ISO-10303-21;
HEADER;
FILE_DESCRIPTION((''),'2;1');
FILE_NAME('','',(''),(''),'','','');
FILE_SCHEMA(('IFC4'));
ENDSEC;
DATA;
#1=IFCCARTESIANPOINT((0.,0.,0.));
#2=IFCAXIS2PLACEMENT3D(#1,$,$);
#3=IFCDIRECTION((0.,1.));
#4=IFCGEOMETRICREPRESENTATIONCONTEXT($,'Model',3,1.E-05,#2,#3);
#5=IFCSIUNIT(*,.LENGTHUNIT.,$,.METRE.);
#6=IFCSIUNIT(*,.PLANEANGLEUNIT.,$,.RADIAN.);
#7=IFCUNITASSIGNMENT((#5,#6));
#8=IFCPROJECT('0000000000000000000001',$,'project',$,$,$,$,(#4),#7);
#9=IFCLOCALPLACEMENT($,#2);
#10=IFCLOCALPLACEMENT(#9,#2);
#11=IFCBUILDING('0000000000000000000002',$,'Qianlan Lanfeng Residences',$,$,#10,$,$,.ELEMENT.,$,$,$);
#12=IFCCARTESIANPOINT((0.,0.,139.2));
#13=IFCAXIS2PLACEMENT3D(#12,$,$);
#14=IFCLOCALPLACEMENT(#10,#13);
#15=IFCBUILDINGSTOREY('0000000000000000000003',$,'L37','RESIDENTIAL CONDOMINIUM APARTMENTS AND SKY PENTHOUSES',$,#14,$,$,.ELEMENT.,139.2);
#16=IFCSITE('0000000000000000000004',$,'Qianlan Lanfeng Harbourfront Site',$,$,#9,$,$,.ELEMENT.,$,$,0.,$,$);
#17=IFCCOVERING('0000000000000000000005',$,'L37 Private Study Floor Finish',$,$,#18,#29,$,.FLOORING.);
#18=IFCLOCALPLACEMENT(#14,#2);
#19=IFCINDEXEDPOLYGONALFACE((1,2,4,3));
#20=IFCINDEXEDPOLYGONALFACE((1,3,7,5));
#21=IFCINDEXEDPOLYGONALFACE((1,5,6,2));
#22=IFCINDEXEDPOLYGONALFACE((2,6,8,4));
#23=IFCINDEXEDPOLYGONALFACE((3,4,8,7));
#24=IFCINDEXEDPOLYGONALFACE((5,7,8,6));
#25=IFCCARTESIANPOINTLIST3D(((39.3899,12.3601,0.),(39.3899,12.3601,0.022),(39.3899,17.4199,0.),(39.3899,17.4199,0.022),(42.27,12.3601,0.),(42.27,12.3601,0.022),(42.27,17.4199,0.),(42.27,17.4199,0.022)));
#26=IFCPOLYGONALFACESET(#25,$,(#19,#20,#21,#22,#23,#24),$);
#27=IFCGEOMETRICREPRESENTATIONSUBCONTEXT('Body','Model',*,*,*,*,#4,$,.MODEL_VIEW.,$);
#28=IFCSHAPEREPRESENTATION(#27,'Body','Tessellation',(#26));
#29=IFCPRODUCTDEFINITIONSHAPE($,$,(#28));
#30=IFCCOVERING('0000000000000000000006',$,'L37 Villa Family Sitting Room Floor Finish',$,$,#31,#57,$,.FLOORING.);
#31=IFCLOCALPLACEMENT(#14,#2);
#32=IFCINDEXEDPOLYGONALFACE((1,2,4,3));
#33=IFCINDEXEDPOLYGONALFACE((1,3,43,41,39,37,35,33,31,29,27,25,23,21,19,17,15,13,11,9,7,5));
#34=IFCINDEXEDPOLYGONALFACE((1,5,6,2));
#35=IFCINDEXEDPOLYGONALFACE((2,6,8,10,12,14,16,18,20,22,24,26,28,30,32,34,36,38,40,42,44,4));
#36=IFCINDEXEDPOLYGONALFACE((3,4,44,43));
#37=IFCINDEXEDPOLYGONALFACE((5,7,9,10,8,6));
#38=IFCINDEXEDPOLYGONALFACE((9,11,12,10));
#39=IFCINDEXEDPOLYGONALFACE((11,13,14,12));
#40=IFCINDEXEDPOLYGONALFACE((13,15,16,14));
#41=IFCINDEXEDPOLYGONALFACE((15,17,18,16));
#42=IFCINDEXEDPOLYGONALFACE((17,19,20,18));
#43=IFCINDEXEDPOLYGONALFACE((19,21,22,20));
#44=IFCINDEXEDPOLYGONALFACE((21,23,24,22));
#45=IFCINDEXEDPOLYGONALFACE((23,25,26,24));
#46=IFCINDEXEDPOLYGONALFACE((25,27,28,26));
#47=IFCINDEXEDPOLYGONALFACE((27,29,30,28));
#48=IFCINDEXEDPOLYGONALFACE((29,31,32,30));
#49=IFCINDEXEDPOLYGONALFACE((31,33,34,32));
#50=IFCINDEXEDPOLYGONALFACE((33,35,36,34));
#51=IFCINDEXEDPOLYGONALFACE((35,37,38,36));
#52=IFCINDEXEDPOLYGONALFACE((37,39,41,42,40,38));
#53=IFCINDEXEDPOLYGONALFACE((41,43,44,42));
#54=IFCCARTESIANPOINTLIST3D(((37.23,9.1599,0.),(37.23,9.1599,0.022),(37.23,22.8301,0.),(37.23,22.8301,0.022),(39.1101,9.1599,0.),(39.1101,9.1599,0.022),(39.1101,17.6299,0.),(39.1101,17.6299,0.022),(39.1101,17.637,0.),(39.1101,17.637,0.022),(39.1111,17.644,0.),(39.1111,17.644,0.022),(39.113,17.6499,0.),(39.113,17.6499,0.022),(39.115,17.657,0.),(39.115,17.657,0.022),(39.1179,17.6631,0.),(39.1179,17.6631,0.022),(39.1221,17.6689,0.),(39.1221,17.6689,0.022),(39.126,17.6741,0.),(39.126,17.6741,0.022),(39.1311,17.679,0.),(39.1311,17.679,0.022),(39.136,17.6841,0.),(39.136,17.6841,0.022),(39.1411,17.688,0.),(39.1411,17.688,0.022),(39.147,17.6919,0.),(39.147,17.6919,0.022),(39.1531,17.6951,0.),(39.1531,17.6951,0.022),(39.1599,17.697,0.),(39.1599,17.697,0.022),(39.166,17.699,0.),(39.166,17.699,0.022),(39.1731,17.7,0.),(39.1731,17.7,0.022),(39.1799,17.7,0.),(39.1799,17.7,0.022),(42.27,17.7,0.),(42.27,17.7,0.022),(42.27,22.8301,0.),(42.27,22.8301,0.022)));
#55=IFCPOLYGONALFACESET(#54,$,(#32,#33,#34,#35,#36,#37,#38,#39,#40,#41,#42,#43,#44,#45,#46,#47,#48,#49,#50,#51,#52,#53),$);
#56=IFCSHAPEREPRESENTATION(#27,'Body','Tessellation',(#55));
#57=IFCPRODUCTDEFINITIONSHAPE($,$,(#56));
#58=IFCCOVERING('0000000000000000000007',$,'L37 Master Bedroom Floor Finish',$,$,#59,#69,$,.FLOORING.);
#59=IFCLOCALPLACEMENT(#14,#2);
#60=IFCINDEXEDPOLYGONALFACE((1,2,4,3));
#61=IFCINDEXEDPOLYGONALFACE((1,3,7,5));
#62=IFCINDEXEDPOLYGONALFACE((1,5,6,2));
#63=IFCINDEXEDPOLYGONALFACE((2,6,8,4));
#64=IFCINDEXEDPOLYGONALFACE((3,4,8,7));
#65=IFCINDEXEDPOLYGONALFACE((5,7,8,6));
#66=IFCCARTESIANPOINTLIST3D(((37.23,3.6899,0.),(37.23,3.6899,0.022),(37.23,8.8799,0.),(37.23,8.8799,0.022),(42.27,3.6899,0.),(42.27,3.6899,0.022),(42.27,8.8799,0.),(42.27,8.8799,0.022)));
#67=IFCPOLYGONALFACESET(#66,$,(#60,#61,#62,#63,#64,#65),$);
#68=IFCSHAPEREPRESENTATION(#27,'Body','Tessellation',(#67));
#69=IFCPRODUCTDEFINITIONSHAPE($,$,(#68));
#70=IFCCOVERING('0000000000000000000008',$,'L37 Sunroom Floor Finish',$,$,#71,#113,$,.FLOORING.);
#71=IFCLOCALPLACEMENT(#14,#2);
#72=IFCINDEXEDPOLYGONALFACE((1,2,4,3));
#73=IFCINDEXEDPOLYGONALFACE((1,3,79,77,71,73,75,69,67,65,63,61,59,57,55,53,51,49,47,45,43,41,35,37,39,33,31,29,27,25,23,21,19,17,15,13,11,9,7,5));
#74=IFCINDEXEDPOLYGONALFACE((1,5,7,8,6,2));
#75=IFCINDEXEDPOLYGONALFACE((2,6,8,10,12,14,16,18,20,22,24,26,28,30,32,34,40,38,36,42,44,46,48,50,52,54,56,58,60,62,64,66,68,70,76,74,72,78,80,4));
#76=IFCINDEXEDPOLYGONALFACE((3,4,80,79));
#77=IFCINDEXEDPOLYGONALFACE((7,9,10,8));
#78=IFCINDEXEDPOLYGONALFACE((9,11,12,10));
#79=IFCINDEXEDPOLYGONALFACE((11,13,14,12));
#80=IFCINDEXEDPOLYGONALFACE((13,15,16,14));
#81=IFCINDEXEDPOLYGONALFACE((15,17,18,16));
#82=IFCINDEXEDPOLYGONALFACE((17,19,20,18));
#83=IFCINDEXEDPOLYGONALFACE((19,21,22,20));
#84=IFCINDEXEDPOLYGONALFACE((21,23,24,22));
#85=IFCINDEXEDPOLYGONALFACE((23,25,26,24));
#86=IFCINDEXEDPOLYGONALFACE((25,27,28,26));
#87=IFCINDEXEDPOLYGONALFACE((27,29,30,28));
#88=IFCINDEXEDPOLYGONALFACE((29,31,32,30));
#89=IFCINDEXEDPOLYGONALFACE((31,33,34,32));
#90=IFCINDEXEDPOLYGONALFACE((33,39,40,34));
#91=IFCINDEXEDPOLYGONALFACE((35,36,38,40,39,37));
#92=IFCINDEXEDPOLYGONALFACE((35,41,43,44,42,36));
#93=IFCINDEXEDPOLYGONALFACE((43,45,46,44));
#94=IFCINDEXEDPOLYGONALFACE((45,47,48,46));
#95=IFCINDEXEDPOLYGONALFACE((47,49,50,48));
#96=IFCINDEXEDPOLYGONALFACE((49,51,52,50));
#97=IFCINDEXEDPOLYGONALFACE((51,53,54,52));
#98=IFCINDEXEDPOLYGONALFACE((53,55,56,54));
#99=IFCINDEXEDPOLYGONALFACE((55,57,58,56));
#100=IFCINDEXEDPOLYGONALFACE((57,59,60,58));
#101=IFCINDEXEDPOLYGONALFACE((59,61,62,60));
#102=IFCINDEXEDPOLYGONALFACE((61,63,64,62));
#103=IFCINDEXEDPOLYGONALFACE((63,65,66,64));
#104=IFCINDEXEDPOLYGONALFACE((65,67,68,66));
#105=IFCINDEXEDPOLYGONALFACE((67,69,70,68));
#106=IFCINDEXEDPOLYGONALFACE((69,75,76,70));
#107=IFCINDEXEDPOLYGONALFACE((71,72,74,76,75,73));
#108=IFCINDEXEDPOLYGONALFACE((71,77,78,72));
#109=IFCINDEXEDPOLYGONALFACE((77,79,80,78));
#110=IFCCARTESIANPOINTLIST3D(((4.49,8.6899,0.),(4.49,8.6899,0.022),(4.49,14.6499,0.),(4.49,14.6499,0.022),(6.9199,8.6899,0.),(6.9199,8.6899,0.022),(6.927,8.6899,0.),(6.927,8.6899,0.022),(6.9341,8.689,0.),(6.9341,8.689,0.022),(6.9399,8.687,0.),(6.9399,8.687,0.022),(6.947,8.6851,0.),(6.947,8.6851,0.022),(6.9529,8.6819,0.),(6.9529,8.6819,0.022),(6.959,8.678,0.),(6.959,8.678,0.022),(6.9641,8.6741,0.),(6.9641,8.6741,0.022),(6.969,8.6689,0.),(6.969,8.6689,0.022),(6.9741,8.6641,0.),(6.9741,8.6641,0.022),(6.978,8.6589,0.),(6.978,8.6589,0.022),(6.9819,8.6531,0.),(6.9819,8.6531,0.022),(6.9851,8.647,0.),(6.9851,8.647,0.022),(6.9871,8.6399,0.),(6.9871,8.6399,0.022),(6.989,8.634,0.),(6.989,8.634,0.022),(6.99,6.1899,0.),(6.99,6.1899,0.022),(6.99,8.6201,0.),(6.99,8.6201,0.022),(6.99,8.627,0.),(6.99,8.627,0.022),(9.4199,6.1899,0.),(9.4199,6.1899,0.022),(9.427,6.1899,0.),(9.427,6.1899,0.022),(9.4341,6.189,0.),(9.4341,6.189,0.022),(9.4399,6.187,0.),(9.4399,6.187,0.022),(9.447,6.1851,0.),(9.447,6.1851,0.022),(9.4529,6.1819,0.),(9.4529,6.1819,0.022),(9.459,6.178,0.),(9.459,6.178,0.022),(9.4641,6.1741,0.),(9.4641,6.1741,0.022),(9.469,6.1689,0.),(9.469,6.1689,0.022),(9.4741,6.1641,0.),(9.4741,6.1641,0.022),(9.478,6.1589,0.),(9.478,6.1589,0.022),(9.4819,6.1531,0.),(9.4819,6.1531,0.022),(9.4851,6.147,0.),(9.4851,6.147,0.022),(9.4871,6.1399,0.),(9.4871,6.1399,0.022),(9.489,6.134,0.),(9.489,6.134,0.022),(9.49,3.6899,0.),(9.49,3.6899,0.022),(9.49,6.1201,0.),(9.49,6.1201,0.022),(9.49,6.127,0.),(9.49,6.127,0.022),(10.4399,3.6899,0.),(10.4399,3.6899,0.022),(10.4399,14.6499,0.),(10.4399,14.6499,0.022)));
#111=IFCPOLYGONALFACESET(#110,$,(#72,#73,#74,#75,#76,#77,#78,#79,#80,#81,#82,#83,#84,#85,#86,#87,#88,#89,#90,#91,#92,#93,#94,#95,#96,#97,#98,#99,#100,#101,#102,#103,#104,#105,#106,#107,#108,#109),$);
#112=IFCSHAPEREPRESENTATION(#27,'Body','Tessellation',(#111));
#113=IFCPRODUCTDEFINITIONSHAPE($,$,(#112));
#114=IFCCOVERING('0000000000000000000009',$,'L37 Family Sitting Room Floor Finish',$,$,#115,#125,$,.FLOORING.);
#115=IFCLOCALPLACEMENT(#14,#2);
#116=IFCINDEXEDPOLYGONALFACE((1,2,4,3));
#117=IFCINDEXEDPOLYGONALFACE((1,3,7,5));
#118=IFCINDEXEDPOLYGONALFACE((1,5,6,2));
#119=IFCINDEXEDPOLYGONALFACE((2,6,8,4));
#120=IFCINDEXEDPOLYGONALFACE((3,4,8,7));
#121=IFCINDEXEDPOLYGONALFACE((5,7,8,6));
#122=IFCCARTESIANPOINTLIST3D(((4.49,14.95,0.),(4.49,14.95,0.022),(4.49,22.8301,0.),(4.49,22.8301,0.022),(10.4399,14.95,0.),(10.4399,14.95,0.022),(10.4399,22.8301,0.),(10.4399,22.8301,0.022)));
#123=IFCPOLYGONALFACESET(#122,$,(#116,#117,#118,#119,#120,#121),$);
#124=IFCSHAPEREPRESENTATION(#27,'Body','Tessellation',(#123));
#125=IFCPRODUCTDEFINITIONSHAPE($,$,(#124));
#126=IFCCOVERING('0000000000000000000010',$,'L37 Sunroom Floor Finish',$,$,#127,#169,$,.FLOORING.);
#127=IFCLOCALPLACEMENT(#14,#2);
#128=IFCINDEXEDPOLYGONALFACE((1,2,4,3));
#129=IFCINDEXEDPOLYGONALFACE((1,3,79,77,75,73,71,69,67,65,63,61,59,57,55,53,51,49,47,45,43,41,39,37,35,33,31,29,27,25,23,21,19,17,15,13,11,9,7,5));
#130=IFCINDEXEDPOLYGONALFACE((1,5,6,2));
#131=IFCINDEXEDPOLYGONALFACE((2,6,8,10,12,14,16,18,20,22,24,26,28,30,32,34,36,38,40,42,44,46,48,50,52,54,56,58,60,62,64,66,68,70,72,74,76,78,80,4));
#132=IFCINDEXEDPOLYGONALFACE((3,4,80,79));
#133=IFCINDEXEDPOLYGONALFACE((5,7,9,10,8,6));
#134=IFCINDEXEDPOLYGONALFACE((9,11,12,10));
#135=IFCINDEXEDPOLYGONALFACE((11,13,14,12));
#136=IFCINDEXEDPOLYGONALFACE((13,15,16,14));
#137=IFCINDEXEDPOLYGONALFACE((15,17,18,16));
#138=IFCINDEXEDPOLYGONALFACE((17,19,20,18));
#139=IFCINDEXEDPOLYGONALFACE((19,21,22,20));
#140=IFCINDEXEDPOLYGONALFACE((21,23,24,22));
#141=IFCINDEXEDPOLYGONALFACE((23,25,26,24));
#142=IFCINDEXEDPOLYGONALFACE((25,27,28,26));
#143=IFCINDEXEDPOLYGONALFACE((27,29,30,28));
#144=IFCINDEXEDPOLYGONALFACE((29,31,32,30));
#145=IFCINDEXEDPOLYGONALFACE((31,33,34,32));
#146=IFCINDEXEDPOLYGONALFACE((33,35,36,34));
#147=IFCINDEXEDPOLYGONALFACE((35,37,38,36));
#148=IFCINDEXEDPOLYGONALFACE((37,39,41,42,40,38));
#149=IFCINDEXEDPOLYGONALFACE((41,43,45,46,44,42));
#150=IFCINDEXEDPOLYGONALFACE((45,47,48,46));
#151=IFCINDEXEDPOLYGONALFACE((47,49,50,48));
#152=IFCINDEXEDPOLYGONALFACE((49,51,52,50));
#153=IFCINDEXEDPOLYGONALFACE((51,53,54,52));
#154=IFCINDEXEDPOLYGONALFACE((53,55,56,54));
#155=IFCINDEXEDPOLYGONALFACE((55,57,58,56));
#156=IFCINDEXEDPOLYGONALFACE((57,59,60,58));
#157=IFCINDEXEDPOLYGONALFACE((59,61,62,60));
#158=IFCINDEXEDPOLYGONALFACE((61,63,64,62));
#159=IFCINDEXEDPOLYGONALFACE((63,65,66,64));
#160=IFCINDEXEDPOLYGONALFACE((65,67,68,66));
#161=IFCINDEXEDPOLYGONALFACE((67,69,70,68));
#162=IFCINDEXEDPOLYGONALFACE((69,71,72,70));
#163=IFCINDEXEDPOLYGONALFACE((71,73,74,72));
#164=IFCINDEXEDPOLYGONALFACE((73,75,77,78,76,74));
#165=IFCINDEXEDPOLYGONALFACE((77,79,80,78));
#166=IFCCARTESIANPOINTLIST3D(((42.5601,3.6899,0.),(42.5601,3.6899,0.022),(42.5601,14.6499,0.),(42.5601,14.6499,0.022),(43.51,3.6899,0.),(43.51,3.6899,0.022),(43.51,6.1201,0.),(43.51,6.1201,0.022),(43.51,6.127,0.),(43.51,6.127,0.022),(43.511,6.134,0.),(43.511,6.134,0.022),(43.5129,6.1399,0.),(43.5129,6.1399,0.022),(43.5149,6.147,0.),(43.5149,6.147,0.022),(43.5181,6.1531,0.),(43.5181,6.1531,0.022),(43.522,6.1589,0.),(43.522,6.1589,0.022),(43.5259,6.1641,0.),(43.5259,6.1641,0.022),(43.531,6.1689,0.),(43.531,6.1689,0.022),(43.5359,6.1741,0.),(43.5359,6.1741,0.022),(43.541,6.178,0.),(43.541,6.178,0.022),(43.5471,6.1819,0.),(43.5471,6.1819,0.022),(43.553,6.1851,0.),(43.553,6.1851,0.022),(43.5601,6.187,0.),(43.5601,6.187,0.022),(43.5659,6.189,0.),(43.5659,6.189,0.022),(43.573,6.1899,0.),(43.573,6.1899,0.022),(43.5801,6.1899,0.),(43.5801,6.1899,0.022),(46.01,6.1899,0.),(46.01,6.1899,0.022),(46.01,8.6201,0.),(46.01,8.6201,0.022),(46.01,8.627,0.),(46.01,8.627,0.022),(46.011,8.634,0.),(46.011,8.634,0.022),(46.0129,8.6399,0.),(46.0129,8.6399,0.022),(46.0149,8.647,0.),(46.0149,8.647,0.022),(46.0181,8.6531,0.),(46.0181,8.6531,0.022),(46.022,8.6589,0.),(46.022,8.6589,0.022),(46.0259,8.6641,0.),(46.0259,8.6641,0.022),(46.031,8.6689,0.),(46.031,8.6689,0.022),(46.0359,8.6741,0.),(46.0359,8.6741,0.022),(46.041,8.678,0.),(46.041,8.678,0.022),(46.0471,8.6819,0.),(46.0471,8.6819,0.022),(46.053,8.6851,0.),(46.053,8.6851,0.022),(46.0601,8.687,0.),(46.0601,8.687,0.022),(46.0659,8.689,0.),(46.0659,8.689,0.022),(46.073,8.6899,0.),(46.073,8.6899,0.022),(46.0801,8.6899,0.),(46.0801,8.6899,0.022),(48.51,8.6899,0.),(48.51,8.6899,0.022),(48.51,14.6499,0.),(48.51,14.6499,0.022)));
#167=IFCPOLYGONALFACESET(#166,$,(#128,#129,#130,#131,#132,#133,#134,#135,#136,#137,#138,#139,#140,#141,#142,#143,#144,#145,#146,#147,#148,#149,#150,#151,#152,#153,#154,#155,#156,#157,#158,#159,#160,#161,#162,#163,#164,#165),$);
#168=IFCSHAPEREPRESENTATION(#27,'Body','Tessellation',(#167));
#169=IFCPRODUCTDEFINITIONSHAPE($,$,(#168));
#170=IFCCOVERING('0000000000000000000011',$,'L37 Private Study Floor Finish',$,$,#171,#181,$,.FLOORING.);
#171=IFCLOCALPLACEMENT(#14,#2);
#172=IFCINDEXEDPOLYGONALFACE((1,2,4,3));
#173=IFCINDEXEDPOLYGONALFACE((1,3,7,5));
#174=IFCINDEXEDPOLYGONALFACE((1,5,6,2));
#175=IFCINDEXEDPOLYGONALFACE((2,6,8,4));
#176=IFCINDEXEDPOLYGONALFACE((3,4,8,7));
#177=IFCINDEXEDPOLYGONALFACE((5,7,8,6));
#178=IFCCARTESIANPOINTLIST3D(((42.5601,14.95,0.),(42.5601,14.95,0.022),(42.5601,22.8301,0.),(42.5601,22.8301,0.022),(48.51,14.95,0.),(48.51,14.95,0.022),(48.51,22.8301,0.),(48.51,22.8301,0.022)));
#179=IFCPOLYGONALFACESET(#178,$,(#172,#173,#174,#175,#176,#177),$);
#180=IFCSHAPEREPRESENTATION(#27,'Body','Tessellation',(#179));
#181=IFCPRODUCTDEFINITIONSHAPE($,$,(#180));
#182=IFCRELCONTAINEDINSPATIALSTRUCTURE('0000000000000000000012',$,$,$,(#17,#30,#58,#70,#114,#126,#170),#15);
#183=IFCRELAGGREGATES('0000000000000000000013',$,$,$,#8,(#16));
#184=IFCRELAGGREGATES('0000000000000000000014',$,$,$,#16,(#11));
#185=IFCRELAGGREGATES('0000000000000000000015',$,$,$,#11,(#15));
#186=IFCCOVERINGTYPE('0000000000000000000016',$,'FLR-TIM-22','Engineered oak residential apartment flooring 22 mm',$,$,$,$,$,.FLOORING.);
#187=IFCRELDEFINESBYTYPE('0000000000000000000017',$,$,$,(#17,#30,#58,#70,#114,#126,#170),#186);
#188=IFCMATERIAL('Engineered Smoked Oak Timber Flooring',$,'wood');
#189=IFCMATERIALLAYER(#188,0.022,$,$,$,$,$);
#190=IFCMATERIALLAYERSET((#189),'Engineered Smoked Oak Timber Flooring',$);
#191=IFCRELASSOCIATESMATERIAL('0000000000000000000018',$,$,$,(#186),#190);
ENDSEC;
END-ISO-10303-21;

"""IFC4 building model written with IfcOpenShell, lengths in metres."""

from ifc_helpers import new_model, si_unit, direction, frame, origin, place, context, subcontext, project, spatial, polyline, outline, extrude, material, layer, layer_set, type_object, element, save


model = new_model("IFC4")

# Units and contexts
model_context = context("Model", 3, precision=1e-05, world=origin(), true_north=direction((0.0, 1.0)))
body_context = subcontext(model_context, "Body", "Model", "MODEL_VIEW")
ifc_project = project(units=[si_unit("LENGTHUNIT", "METRE"), si_unit("PLANEANGLEUNIT", "RADIAN")], contexts=[model_context])

# Site, building, storey
site_placement = place(None, origin())
site = spatial("IfcSite", under=ifc_project, at=site_placement, Name="Qianlan Lanfeng Harbourfront Site", CompositionType="ELEMENT", RefElevation=0.0)
building_placement = place(site_placement, origin())
building = spatial("IfcBuilding", under=site, at=building_placement, Name="Qianlan Lanfeng Residences", CompositionType="ELEMENT")
storey_placement = place(building_placement, frame((0.0, 0.0, 139.2)))
storey = spatial("IfcBuildingStorey", under=building, at=storey_placement, Name="L37", Description="RESIDENTIAL CONDOMINIUM APARTMENTS AND SKY PENTHOUSES", CompositionType="ELEMENT", Elevation=139.2)

# Coverings
ifc_material_1 = material(Name="Engineered Smoked Oak Timber Flooring", Category="wood")
ifc_layer_1 = layer(ifc_material_1, 0.022)
ifc_layer_set_1 = layer_set([ifc_layer_1], Name="Engineered Smoked Oak Timber Flooring")
covering_type_1 = type_object("IfcCoveringType", Name="FLR-TIM-22", Description="Engineered oak residential apartment flooring 22 mm", PredefinedType="FLOORING", material=ifc_layer_set_1)
covering_1_placement = place(storey_placement, origin())
element("IfcCovering", 1, at=covering_1_placement, inside=storey, type_object=covering_type_1, Name="L37 Private Study Floor Finish", PredefinedType="FLOORING", context=body_context, shape_type="SweptSolid", body=[
    extrude(outline(polyline([(39.3899, 12.3601), (42.27, 12.3601), (42.27, 17.4199), (39.3899, 17.4199), (39.3899, 12.3601)])), origin(), (0.0, 0.0, 1.0), 0.022),
])
covering_2_placement = place(storey_placement, origin())
element("IfcCovering", 2, at=covering_2_placement, inside=storey, type_object=covering_type_1, Name="L37 Villa Family Sitting Room Floor Finish", PredefinedType="FLOORING", context=body_context, shape_type="SweptSolid", body=[
    extrude(outline(polyline([(37.23, 9.1599), (39.1101, 9.1599), (39.1101, 17.6299), (39.1101, 17.637), (39.1111, 17.644), (39.113, 17.6499), (39.115, 17.657), (39.1179, 17.6631), (39.1221, 17.6689), (39.126, 17.6741), (39.1311, 17.679), (39.136, 17.6841), (39.1411, 17.688), (39.147, 17.6919), (39.1531, 17.6951), (39.1599, 17.697), (39.166, 17.699), (39.1731, 17.7), (39.1799, 17.7), (42.27, 17.7), (42.27, 22.8301), (37.23, 22.8301), (37.23, 9.1599)])), origin(), (0.0, 0.0, 1.0), 0.022),
])
covering_3_placement = place(storey_placement, origin())
element("IfcCovering", 3, at=covering_3_placement, inside=storey, type_object=covering_type_1, Name="L37 Master Bedroom Floor Finish", PredefinedType="FLOORING", context=body_context, shape_type="SweptSolid", body=[
    extrude(outline(polyline([(37.23, 8.8799), (37.23, 3.6899), (42.27, 3.6899), (42.27, 8.8799), (37.23, 8.8799)])), origin(), (0.0, 0.0, 1.0), 0.022),
])
covering_4_placement = place(storey_placement, origin())
element("IfcCovering", 4, at=covering_4_placement, inside=storey, type_object=covering_type_1, Name="L37 Sunroom Floor Finish", PredefinedType="FLOORING", context=body_context, shape_type="SweptSolid", body=[
    extrude(outline(polyline([(10.4399, 14.6499), (4.49, 14.6499), (4.49, 8.6899), (6.9199, 8.6899), (6.927, 8.6899), (6.9341, 8.689), (6.9399, 8.687), (6.947, 8.6851), (6.9529, 8.6819), (6.959, 8.678), (6.9641, 8.6741), (6.969, 8.6689), (6.9741, 8.6641), (6.978, 8.6589), (6.9819, 8.6531), (6.9851, 8.647), (6.9871, 8.6399), (6.989, 8.634), (6.99, 8.627), (6.99, 8.6201), (6.99, 6.1899), (9.4199, 6.1899), (9.427, 6.1899), (9.4341, 6.189), (9.4399, 6.187), (9.447, 6.1851), (9.4529, 6.1819), (9.459, 6.178), (9.4641, 6.1741), (9.469, 6.1689), (9.4741, 6.1641), (9.478, 6.1589), (9.4819, 6.1531), (9.4851, 6.147), (9.4871, 6.1399), (9.489, 6.134), (9.49, 6.127), (9.49, 6.1201), (9.49, 3.6899), (10.4399, 3.6899), (10.4399, 14.6499)])), origin(), (0.0, 0.0, 1.0), 0.022),
])
covering_5_placement = place(storey_placement, origin())
element("IfcCovering", 5, at=covering_5_placement, inside=storey, type_object=covering_type_1, Name="L37 Family Sitting Room Floor Finish", PredefinedType="FLOORING", context=body_context, shape_type="SweptSolid", body=[
    extrude(outline(polyline([(10.4399, 22.8301), (4.49, 22.8301), (4.49, 14.95), (10.4399, 14.95), (10.4399, 22.8301)])), origin(), (0.0, 0.0, 1.0), 0.022),
])
covering_6_placement = place(storey_placement, origin())
element("IfcCovering", 6, at=covering_6_placement, inside=storey, type_object=covering_type_1, Name="L37 Sunroom Floor Finish", PredefinedType="FLOORING", context=body_context, shape_type="SweptSolid", body=[
    extrude(outline(polyline([(48.51, 14.6499), (42.5601, 14.6499), (42.5601, 3.6899), (43.51, 3.6899), (43.51, 6.1201), (43.51, 6.127), (43.511, 6.134), (43.5129, 6.1399), (43.5149, 6.147), (43.5181, 6.1531), (43.522, 6.1589), (43.5259, 6.1641), (43.531, 6.1689), (43.5359, 6.1741), (43.541, 6.178), (43.5471, 6.1819), (43.553, 6.1851), (43.5601, 6.187), (43.5659, 6.189), (43.573, 6.1899), (43.5801, 6.1899), (46.01, 6.1899), (46.01, 8.6201), (46.01, 8.627), (46.011, 8.634), (46.0129, 8.6399), (46.0149, 8.647), (46.0181, 8.6531), (46.022, 8.6589), (46.0259, 8.6641), (46.031, 8.6689), (46.0359, 8.6741), (46.041, 8.678), (46.0471, 8.6819), (46.053, 8.6851), (46.0601, 8.687), (46.0659, 8.689), (46.073, 8.6899), (46.0801, 8.6899), (48.51, 8.6899), (48.51, 14.6499)])), origin(), (0.0, 0.0, 1.0), 0.022),
])
covering_7_placement = place(storey_placement, origin())
element("IfcCovering", 7, at=covering_7_placement, inside=storey, type_object=covering_type_1, Name="L37 Private Study Floor Finish", PredefinedType="FLOORING", context=body_context, shape_type="SweptSolid", body=[
    extrude(outline(polyline([(48.51, 22.8301), (42.5601, 22.8301), (42.5601, 14.95), (48.51, 14.95), (48.51, 22.8301)])), origin(), (0.0, 0.0, 1.0), 0.022),
])

save(model, "model.ifc")
